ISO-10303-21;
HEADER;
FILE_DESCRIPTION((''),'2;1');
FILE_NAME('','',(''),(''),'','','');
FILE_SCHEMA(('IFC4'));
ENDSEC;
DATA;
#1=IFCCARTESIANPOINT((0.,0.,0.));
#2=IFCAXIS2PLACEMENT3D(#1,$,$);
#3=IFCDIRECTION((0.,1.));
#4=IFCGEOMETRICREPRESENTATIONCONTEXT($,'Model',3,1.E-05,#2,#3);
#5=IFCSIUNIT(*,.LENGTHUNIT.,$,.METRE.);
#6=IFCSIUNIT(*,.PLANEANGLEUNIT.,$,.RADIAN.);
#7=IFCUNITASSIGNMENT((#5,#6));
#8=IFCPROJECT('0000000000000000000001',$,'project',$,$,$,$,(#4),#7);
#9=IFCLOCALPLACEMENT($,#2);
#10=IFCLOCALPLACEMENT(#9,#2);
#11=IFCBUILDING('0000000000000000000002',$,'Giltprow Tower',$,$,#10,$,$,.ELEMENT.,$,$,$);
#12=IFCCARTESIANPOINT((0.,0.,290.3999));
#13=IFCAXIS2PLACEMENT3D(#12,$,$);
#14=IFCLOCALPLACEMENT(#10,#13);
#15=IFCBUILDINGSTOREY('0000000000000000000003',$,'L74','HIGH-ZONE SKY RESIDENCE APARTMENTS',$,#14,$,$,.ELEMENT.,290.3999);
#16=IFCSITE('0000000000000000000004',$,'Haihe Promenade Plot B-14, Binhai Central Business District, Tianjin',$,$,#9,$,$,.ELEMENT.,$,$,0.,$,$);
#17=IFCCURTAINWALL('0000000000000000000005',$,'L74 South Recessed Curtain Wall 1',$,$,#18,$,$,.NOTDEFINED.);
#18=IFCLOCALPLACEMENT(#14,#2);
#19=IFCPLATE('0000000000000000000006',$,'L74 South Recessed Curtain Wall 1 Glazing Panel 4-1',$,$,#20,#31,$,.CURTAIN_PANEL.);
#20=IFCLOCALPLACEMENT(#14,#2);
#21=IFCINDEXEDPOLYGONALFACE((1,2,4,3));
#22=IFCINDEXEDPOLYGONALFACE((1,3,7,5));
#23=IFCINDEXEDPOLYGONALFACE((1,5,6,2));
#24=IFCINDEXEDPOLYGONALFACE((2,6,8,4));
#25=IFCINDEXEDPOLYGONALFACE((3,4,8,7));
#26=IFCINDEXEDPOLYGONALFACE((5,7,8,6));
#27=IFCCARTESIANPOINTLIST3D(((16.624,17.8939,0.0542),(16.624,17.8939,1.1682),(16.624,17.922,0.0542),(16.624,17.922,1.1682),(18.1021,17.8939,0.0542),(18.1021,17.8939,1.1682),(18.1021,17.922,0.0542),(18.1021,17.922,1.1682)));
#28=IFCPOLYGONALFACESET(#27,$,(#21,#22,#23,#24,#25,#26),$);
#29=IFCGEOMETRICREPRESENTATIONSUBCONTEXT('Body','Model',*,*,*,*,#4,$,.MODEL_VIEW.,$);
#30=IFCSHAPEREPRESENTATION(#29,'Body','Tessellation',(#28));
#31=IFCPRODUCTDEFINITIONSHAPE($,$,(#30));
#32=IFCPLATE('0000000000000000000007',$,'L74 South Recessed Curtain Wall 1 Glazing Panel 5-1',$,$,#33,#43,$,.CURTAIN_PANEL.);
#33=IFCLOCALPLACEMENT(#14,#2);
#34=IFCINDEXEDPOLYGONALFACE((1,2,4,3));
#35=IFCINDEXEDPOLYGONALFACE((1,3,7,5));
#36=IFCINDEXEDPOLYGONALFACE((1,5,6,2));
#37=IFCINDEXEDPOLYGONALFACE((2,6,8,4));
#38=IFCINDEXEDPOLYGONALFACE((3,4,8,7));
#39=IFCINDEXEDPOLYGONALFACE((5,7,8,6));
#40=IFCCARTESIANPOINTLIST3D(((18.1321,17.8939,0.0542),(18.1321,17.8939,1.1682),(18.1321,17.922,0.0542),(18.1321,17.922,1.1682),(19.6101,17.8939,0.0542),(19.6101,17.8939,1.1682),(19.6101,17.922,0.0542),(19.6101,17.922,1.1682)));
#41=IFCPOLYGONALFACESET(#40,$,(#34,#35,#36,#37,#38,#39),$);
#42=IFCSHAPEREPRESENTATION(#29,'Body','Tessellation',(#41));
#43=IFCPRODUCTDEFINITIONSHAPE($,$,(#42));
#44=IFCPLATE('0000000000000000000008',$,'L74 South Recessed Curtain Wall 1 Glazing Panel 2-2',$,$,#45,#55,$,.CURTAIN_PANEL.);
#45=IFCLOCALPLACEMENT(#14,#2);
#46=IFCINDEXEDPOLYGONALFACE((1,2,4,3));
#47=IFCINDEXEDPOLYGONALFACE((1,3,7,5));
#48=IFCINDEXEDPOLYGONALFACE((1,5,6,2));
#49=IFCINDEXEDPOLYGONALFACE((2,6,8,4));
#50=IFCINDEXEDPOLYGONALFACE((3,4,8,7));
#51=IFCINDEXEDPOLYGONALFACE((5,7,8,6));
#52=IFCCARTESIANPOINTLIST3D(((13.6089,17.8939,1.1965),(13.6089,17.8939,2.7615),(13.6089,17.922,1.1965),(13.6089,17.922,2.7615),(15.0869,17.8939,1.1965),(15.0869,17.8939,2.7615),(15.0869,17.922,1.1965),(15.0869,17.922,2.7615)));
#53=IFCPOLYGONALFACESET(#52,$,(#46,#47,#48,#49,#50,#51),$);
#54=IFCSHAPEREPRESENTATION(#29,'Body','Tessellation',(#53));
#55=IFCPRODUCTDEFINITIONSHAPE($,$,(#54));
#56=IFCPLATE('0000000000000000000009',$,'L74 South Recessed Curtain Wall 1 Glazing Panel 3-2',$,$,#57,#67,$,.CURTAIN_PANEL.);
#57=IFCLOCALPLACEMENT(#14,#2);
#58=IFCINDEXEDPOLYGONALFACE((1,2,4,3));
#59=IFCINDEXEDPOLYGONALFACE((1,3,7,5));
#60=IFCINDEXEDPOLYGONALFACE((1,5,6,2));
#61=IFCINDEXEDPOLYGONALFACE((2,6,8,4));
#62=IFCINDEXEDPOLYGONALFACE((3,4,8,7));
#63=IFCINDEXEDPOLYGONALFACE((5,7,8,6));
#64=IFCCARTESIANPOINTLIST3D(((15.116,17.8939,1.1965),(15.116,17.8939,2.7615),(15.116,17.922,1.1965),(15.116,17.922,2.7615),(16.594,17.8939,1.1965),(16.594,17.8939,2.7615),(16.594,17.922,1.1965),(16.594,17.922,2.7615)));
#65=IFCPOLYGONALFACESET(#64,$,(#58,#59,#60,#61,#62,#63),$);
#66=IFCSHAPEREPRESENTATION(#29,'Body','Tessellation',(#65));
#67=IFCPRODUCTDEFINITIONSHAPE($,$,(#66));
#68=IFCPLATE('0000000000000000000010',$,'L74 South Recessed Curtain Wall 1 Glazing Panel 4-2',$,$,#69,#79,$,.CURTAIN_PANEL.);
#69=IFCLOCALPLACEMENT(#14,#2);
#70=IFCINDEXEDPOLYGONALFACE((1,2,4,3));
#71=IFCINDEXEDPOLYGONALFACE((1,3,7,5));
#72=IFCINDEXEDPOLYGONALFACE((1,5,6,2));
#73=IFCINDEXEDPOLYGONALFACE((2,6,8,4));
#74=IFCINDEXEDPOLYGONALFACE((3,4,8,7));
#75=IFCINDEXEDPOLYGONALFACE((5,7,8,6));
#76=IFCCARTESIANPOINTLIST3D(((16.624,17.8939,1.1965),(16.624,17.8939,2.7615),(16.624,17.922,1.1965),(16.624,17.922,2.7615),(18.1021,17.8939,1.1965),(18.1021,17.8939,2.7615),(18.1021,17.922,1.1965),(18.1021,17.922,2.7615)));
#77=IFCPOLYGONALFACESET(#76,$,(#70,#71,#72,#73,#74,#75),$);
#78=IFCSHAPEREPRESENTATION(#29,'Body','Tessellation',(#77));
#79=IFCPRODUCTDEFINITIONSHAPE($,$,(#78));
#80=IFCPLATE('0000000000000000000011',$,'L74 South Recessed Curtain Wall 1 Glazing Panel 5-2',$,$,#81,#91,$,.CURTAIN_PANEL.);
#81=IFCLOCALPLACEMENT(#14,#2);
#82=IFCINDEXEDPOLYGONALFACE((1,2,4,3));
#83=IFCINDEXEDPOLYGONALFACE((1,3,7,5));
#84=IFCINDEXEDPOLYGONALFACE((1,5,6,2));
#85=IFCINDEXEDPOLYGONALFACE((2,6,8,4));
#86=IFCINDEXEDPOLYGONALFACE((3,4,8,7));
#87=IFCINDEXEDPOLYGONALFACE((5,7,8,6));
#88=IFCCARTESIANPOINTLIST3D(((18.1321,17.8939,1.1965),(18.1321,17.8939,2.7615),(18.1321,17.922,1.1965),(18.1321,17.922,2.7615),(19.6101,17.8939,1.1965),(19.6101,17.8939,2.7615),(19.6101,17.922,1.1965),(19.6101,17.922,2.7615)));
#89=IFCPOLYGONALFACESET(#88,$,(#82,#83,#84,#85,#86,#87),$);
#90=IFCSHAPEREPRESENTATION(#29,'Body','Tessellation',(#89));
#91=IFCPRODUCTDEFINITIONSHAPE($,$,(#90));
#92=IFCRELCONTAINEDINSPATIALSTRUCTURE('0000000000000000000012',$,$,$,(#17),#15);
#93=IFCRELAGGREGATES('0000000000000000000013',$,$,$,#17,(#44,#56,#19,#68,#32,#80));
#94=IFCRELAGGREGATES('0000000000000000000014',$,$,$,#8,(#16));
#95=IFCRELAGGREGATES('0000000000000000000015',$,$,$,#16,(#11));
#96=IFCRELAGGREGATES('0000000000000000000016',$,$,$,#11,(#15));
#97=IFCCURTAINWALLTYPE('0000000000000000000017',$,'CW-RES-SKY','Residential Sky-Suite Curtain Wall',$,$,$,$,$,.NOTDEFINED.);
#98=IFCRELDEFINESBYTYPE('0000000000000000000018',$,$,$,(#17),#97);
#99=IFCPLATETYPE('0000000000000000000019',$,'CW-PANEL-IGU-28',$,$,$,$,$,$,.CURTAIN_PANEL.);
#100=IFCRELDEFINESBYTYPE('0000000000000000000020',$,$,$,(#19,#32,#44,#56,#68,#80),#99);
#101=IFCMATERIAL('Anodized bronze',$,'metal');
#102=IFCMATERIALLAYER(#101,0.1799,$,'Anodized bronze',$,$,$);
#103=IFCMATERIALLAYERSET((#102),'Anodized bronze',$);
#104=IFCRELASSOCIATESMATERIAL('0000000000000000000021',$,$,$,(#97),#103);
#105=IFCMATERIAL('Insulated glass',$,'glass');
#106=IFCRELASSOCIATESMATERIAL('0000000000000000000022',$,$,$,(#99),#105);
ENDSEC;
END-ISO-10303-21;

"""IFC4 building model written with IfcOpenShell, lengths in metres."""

from ifc_helpers import new_model, si_unit, direction, frame, origin, origin_2d, place, context, subcontext, project, spatial, rectangle, extrude, source, transform, mapped, material, layer, layer_set, type_object, element, aggregate, save


model = new_model("IFC4")

# Units and contexts
model_context = context("Model", 3, precision=1e-05, world=origin(), true_north=direction((0.0, 1.0)))
body_context = subcontext(model_context, "Body", "Model", "MODEL_VIEW")
ifc_project = project(units=[si_unit("LENGTHUNIT", "METRE"), si_unit("PLANEANGLEUNIT", "RADIAN")], contexts=[model_context])

# Site, building, storey
site_placement = place(None, origin())
site = spatial("IfcSite", under=ifc_project, at=site_placement, Name="Haihe Promenade Plot B-14, Binhai Central Business District, Tianjin", CompositionType="ELEMENT", RefElevation=0.0)
building_placement = place(site_placement, origin())
building = spatial("IfcBuilding", under=site, at=building_placement, Name="Giltprow Tower", CompositionType="ELEMENT")
storey_placement = place(building_placement, frame((0.0, 0.0, 290.3999)))
storey = spatial("IfcBuildingStorey", under=building, at=storey_placement, Name="L74", Description="HIGH-ZONE SKY RESIDENCE APARTMENTS", CompositionType="ELEMENT", Elevation=290.3999)

# Curtain wall
ifc_material_1 = material(Name="Anodized bronze", Category="metal")
ifc_layer = layer(ifc_material_1, 0.1799, Name="Anodized bronze")
ifc_layer_set = layer_set([ifc_layer], Name="Anodized bronze")
curtain_wall_type = type_object("IfcCurtainWallType", Name="CW-RES-SKY", Description="Residential Sky-Suite Curtain Wall", PredefinedType="NOTDEFINED", material=ifc_layer_set)
curtain_wall_placement = place(storey_placement, origin())
curtain_wall = element("IfcCurtainWall", 1, at=curtain_wall_placement, inside=storey, type_object=curtain_wall_type, Name="L74 South Recessed Curtain Wall 1", PredefinedType="NOTDEFINED")

# Plates
ifc_material_2 = material(Name="Insulated glass", Category="glass")
plate_type_1 = type_object("IfcPlateType", Name="CW-PANEL-IGU-28", PredefinedType="CURTAIN_PANEL", material=ifc_material_2)
shared_shape_1 = source(origin(), body_context, "Body", "SweptSolid", [
    extrude(rectangle(XDim=1.478, YDim=0.0281, at=origin_2d()), origin(), (0.0, 0.0, 1.0), 1.114),
])
plate_1_placement = place(storey_placement, frame((17.363, 17.908, 0.0542), z_axis=(0.0, 0.0, 1.0), x_axis=(1.0, 0.0, 0.0)))
plate_1 = element("IfcPlate", 2, at=plate_1_placement, type_object=plate_type_1, Name="L74 South Recessed Curtain Wall 1 Glazing Panel 4-1", PredefinedType="CURTAIN_PANEL", context=body_context, shape_type="MappedRepresentation", body=[
    mapped(shared_shape_1, transform((0.0, 0.0, 0.0), x_axis=(1.0, 0.0, 0.0), y_axis=(0.0, 1.0, 0.0), z_axis=(0.0, 0.0, 1.0), scale=1.0)),
])
plate_2_placement = place(storey_placement, frame((18.8711, 17.908, 0.0542), z_axis=(0.0, 0.0, 1.0), x_axis=(1.0, 0.0, 0.0)))
plate_2 = element("IfcPlate", 3, at=plate_2_placement, type_object=plate_type_1, Name="L74 South Recessed Curtain Wall 1 Glazing Panel 5-1", PredefinedType="CURTAIN_PANEL", context=body_context, shape_type="MappedRepresentation", body=[
    mapped(shared_shape_1, transform((0.0, 0.0, 0.0), x_axis=(1.0, 0.0, 0.0), y_axis=(0.0, 1.0, 0.0), z_axis=(0.0, 0.0, 1.0), scale=1.0)),
])
shared_shape_2 = source(origin(), body_context, "Body", "SweptSolid", [
    extrude(rectangle(XDim=1.478, YDim=0.0281, at=origin_2d()), origin(), (0.0, 0.0, 1.0), 1.5649),
])
plate_3_placement = place(storey_placement, frame((14.3479, 17.908, 1.1965), z_axis=(0.0, 0.0, 1.0), x_axis=(1.0, 0.0, 0.0)))
plate_3 = element("IfcPlate", 4, at=plate_3_placement, type_object=plate_type_1, Name="L74 South Recessed Curtain Wall 1 Glazing Panel 2-2", PredefinedType="CURTAIN_PANEL", context=body_context, shape_type="MappedRepresentation", body=[
    mapped(shared_shape_2, transform((0.0, 0.0, 0.0), x_axis=(1.0, 0.0, 0.0), y_axis=(0.0, 1.0, 0.0), z_axis=(0.0, 0.0, 1.0), scale=1.0)),
])
plate_4_placement = place(storey_placement, frame((15.855, 17.908, 1.1965), z_axis=(0.0, 0.0, 1.0), x_axis=(1.0, 0.0, 0.0)))
plate_4 = element("IfcPlate", 5, at=plate_4_placement, type_object=plate_type_1, Name="L74 South Recessed Curtain Wall 1 Glazing Panel 3-2", PredefinedType="CURTAIN_PANEL", context=body_context, shape_type="MappedRepresentation", body=[
    mapped(shared_shape_2, transform((0.0, 0.0, 0.0), x_axis=(1.0, 0.0, 0.0), y_axis=(0.0, 1.0, 0.0), z_axis=(0.0, 0.0, 1.0), scale=1.0)),
])
plate_5_placement = place(storey_placement, frame((17.363, 17.908, 1.1965), z_axis=(0.0, 0.0, 1.0), x_axis=(1.0, 0.0, 0.0)))
plate_5 = element("IfcPlate", 6, at=plate_5_placement, type_object=plate_type_1, Name="L74 South Recessed Curtain Wall 1 Glazing Panel 4-2", PredefinedType="CURTAIN_PANEL", context=body_context, shape_type="MappedRepresentation", body=[
    mapped(shared_shape_2, transform((0.0, 0.0, 0.0), x_axis=(1.0, 0.0, 0.0), y_axis=(0.0, 1.0, 0.0), z_axis=(0.0, 0.0, 1.0), scale=1.0)),
])
plate_6_placement = place(storey_placement, frame((18.8711, 17.908, 1.1965), z_axis=(0.0, 0.0, 1.0), x_axis=(1.0, 0.0, 0.0)))
plate_6 = element("IfcPlate", 7, at=plate_6_placement, type_object=plate_type_1, Name="L74 South Recessed Curtain Wall 1 Glazing Panel 5-2", PredefinedType="CURTAIN_PANEL", context=body_context, shape_type="MappedRepresentation", body=[
    mapped(shared_shape_2, transform((0.0, 0.0, 0.0), x_axis=(1.0, 0.0, 0.0), y_axis=(0.0, 1.0, 0.0), z_axis=(0.0, 0.0, 1.0), scale=1.0)),
])
aggregate(curtain_wall, [plate_3, plate_4, plate_1, plate_5, plate_2, plate_6])

save(model, "model.ifc")
